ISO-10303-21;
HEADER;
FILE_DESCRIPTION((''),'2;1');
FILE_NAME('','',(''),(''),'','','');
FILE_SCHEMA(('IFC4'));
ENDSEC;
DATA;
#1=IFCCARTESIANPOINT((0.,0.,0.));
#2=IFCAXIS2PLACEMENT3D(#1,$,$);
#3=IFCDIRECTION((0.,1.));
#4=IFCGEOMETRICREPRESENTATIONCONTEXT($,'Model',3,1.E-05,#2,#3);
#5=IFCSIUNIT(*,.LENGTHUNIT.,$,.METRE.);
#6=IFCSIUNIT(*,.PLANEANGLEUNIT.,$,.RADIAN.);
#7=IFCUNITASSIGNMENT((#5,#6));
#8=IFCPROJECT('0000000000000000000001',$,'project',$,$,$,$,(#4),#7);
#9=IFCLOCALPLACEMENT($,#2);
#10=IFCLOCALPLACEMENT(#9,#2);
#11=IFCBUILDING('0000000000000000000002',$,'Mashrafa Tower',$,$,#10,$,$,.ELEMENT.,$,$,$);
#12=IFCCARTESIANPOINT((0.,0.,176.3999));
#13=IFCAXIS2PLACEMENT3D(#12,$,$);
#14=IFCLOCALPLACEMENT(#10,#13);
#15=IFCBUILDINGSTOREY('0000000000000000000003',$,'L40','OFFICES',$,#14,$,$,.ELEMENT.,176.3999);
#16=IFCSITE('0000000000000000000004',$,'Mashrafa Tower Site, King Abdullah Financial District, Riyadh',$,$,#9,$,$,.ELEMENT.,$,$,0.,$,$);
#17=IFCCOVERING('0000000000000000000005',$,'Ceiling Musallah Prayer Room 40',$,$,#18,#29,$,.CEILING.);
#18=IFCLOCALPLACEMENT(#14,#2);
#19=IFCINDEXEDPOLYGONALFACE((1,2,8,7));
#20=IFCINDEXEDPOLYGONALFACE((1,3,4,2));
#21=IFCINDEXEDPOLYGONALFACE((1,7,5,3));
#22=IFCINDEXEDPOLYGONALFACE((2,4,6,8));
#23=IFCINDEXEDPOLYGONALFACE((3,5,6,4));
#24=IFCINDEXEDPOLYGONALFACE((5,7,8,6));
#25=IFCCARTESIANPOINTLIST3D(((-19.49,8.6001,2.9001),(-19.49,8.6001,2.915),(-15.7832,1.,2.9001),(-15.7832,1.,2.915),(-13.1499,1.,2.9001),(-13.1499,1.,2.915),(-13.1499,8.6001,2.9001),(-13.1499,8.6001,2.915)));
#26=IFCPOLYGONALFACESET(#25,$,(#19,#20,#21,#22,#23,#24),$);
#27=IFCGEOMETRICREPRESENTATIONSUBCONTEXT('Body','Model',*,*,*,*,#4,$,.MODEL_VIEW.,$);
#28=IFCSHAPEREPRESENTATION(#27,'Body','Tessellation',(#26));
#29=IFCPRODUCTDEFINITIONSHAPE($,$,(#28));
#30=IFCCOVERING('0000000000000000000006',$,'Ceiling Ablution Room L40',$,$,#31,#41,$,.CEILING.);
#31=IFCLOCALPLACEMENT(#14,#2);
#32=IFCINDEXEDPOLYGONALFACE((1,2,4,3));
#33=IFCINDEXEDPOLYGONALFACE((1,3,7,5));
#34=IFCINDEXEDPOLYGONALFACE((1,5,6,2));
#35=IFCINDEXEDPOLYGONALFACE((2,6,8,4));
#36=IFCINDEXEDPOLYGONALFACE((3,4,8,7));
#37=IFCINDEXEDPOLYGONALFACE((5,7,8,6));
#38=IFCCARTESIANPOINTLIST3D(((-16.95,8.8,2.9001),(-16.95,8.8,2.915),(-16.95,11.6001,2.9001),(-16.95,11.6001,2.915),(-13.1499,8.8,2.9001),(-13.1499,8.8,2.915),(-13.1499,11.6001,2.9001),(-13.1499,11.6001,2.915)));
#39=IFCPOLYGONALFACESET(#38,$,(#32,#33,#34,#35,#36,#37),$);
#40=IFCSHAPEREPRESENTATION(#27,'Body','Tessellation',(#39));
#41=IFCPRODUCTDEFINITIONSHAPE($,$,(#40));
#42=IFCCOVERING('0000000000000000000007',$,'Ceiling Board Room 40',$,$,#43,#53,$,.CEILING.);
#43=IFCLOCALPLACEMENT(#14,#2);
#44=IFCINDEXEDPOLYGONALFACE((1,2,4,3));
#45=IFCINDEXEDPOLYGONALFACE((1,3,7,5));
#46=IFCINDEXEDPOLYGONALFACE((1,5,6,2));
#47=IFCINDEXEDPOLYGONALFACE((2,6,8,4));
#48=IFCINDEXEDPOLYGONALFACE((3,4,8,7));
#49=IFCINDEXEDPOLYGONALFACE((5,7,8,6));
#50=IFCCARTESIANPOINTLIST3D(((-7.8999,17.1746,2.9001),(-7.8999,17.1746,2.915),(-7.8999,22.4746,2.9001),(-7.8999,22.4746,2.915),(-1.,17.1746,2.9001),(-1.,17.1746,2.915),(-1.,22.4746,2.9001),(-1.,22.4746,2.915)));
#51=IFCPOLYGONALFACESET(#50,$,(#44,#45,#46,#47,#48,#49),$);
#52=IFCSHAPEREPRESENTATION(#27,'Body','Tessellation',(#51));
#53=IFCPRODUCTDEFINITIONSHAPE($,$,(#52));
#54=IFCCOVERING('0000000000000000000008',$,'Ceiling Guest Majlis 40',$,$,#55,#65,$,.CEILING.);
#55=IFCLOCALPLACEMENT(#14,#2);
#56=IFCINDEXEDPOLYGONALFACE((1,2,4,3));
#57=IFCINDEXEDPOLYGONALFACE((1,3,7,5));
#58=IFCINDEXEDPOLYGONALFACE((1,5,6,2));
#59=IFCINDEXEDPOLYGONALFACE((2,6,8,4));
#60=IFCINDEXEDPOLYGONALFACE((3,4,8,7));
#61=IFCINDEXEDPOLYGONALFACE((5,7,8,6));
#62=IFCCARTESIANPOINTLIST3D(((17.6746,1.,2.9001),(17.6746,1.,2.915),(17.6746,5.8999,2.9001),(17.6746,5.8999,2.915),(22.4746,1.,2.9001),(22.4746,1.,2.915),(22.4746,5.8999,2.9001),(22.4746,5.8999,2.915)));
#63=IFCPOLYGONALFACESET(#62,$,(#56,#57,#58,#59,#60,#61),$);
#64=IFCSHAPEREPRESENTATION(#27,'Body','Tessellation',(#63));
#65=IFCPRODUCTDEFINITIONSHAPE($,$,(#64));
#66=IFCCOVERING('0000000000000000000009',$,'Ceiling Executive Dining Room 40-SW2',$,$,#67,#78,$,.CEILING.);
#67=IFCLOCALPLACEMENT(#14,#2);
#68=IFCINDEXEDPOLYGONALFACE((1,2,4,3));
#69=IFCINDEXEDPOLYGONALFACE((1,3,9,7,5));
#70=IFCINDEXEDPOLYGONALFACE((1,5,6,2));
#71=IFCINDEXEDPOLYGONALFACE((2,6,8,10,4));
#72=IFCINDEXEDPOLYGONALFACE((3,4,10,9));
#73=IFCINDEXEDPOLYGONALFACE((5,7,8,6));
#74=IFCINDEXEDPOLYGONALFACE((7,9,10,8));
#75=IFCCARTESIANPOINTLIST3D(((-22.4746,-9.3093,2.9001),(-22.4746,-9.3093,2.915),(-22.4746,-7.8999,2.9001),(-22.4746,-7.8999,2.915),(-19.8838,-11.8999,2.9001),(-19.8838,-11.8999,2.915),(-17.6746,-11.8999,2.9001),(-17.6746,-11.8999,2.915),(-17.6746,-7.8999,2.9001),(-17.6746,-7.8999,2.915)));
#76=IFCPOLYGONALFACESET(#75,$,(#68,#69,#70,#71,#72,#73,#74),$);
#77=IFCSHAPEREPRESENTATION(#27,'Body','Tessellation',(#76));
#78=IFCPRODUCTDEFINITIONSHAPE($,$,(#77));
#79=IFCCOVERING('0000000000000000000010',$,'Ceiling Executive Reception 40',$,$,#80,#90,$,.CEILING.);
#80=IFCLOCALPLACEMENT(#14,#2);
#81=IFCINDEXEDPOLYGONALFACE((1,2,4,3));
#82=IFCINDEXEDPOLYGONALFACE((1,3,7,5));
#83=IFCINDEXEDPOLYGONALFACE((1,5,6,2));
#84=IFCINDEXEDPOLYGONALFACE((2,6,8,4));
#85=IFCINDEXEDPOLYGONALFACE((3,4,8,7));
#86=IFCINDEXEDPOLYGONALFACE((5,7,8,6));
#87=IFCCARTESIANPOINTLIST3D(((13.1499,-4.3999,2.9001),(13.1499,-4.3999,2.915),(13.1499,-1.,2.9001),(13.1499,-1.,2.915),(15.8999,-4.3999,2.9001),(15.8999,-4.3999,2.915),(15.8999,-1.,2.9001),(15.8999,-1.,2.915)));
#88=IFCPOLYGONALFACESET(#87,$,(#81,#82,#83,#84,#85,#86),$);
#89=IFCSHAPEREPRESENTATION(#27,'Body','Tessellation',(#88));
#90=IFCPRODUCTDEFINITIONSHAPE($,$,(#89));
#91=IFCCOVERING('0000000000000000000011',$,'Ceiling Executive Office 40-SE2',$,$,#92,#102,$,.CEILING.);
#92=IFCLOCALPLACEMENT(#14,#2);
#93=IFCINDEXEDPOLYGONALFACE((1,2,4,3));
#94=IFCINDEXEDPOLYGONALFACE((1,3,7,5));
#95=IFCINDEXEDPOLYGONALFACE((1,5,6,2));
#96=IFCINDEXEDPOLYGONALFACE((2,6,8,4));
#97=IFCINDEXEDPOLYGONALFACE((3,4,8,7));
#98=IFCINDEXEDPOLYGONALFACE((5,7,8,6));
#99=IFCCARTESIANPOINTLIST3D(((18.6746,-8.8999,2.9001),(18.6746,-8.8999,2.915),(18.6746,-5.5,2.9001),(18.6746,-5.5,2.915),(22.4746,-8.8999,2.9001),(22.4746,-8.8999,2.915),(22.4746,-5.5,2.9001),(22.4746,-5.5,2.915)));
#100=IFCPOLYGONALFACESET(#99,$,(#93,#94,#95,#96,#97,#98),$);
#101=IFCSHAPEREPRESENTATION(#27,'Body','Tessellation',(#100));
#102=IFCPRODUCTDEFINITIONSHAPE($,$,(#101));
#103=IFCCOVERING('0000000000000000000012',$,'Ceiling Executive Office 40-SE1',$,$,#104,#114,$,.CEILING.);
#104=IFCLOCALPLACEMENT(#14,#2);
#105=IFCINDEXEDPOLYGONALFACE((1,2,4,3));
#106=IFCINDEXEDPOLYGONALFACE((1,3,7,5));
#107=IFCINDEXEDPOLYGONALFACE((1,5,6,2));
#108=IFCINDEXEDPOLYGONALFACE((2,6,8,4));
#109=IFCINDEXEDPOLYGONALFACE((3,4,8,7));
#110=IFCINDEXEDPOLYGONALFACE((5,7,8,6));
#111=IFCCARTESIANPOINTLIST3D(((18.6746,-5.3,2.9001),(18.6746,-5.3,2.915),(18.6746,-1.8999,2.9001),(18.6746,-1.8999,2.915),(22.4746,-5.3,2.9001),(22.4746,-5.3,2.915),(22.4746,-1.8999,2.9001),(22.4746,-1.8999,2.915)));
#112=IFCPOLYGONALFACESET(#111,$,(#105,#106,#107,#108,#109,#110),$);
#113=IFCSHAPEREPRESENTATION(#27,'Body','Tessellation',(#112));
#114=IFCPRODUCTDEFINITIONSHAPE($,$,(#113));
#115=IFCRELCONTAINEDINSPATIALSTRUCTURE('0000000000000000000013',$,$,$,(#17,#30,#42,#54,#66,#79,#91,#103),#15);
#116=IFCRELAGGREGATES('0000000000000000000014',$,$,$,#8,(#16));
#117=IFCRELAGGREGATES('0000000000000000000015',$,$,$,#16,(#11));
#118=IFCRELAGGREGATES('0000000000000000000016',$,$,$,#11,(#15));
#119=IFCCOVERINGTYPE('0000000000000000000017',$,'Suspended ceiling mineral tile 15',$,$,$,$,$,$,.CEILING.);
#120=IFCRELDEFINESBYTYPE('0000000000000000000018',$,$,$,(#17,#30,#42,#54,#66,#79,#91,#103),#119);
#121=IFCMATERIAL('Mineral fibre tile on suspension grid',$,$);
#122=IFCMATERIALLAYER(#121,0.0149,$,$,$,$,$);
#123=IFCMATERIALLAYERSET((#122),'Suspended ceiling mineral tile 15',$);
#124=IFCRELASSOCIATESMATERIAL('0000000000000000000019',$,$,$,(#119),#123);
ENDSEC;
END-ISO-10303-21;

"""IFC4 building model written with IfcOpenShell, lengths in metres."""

from ifc_helpers import new_model, si_unit, direction, frame, origin, place, context, subcontext, project, spatial, polyline, outline, extrude, material, layer, layer_set, type_object, element, save


model = new_model("IFC4")

# Units and contexts
model_context = context("Model", 3, precision=1e-05, world=origin(), true_north=direction((0.0, 1.0)))
body_context = subcontext(model_context, "Body", "Model", "MODEL_VIEW")
ifc_project = project(units=[si_unit("LENGTHUNIT", "METRE"), si_unit("PLANEANGLEUNIT", "RADIAN")], contexts=[model_context])

# Site, building, storey
site_placement = place(None, origin())
site = spatial("IfcSite", under=ifc_project, at=site_placement, Name="Mashrafa Tower Site, King Abdullah Financial District, Riyadh", CompositionType="ELEMENT", RefElevation=0.0)
building_placement = place(site_placement, origin())
building = spatial("IfcBuilding", under=site, at=building_placement, Name="Mashrafa Tower", CompositionType="ELEMENT")
storey_placement = place(building_placement, frame((0.0, 0.0, 176.3999)))
storey = spatial("IfcBuildingStorey", under=building, at=storey_placement, Name="L40", Description="OFFICES", CompositionType="ELEMENT", Elevation=176.3999)

# Coverings
ifc_material_1 = material(Name="Mineral fibre tile on suspension grid")
ifc_layer_1 = layer(ifc_material_1, 0.0149)
ifc_layer_set_1 = layer_set([ifc_layer_1], Name="Suspended ceiling mineral tile 15")
covering_type = type_object("IfcCoveringType", Name="Suspended ceiling mineral tile 15", PredefinedType="CEILING", material=ifc_layer_set_1)
covering_1_placement = place(storey_placement, frame((0.0, 0.0, 2.9001)))
element("IfcCovering", 1, at=covering_1_placement, inside=storey, type_object=covering_type, Name="Ceiling Musallah Prayer Room 40", PredefinedType="CEILING", context=body_context, shape_type="SweptSolid", body=[
    extrude(outline(polyline([(-15.7832, 1.0), (-19.49, 8.6001), (-13.1499, 8.6001), (-13.1499, 1.0), (-15.7832, 1.0)])), origin(), (0.0, 0.0, 1.0), 0.0149),
])
covering_2_placement = place(storey_placement, frame((0.0, 0.0, 2.9001)))
element("IfcCovering", 2, at=covering_2_placement, inside=storey, type_object=covering_type, Name="Ceiling Ablution Room L40", PredefinedType="CEILING", context=body_context, shape_type="SweptSolid", body=[
    extrude(outline(polyline([(-16.95, 8.8), (-16.95, 11.6001), (-13.1499, 11.6001), (-13.1499, 8.8), (-16.95, 8.8)])), origin(), (0.0, 0.0, 1.0), 0.0149),
])
covering_3_placement = place(storey_placement, frame((0.0, 0.0, 2.9001)))
element("IfcCovering", 3, at=covering_3_placement, inside=storey, type_object=covering_type, Name="Ceiling Board Room 40", PredefinedType="CEILING", context=body_context, shape_type="SweptSolid", body=[
    extrude(outline(polyline([(-7.8999, 22.4746), (-1.0, 22.4746), (-1.0, 17.1746), (-7.8999, 17.1746), (-7.8999, 22.4746)])), origin(), (0.0, 0.0, 1.0), 0.0149),
])
covering_4_placement = place(storey_placement, frame((0.0, 0.0, 2.9001)))
element("IfcCovering", 4, at=covering_4_placement, inside=storey, type_object=covering_type, Name="Ceiling Guest Majlis 40", PredefinedType="CEILING", context=body_context, shape_type="SweptSolid", body=[
    extrude(outline(polyline([(17.6746, 5.8999), (22.4746, 5.8999), (22.4746, 1.0), (17.6746, 1.0), (17.6746, 5.8999)])), origin(), (0.0, 0.0, 1.0), 0.0149),
])
covering_5_placement = place(storey_placement, frame((0.0, 0.0, 2.9001)))
element("IfcCovering", 5, at=covering_5_placement, inside=storey, type_object=covering_type, Name="Ceiling Executive Dining Room 40-SW2", PredefinedType="CEILING", context=body_context, shape_type="SweptSolid", body=[
    extrude(outline(polyline([(-17.6746, -7.8999), (-17.6746, -11.8999), (-19.8838, -11.8999), (-22.4746, -9.3093), (-22.4746, -7.8999), (-17.6746, -7.8999)])), origin(), (0.0, 0.0, 1.0), 0.0149),
])
covering_6_placement = place(storey_placement, frame((0.0, 0.0, 2.9001)))
element("IfcCovering", 6, at=covering_6_placement, inside=storey, type_object=covering_type, Name="Ceiling Executive Reception 40", PredefinedType="CEILING", context=body_context, shape_type="SweptSolid", body=[
    extrude(outline(polyline([(13.1499, -1.0), (15.8999, -1.0), (15.8999, -4.3999), (13.1499, -4.3999), (13.1499, -1.0)])), origin(), (0.0, 0.0, 1.0), 0.0149),
])
covering_7_placement = place(storey_placement, frame((0.0, 0.0, 2.9001)))
element("IfcCovering", 7, at=covering_7_placement, inside=storey, type_object=covering_type, Name="Ceiling Executive Office 40-SE2", PredefinedType="CEILING", context=body_context, shape_type="SweptSolid", body=[
    extrude(outline(polyline([(18.6746, -5.5), (22.4746, -5.5), (22.4746, -8.8999), (18.6746, -8.8999), (18.6746, -5.5)])), origin(), (0.0, 0.0, 1.0), 0.0149),
])
covering_8_placement = place(storey_placement, frame((0.0, 0.0, 2.9001)))
element("IfcCovering", 8, at=covering_8_placement, inside=storey, type_object=covering_type, Name="Ceiling Executive Office 40-SE1", PredefinedType="CEILING", context=body_context, shape_type="SweptSolid", body=[
    extrude(outline(polyline([(18.6746, -1.8999), (22.4746, -1.8999), (22.4746, -5.3), (18.6746, -5.3), (18.6746, -1.8999)])), origin(), (0.0, 0.0, 1.0), 0.0149),
])

save(model, "model.ifc")
